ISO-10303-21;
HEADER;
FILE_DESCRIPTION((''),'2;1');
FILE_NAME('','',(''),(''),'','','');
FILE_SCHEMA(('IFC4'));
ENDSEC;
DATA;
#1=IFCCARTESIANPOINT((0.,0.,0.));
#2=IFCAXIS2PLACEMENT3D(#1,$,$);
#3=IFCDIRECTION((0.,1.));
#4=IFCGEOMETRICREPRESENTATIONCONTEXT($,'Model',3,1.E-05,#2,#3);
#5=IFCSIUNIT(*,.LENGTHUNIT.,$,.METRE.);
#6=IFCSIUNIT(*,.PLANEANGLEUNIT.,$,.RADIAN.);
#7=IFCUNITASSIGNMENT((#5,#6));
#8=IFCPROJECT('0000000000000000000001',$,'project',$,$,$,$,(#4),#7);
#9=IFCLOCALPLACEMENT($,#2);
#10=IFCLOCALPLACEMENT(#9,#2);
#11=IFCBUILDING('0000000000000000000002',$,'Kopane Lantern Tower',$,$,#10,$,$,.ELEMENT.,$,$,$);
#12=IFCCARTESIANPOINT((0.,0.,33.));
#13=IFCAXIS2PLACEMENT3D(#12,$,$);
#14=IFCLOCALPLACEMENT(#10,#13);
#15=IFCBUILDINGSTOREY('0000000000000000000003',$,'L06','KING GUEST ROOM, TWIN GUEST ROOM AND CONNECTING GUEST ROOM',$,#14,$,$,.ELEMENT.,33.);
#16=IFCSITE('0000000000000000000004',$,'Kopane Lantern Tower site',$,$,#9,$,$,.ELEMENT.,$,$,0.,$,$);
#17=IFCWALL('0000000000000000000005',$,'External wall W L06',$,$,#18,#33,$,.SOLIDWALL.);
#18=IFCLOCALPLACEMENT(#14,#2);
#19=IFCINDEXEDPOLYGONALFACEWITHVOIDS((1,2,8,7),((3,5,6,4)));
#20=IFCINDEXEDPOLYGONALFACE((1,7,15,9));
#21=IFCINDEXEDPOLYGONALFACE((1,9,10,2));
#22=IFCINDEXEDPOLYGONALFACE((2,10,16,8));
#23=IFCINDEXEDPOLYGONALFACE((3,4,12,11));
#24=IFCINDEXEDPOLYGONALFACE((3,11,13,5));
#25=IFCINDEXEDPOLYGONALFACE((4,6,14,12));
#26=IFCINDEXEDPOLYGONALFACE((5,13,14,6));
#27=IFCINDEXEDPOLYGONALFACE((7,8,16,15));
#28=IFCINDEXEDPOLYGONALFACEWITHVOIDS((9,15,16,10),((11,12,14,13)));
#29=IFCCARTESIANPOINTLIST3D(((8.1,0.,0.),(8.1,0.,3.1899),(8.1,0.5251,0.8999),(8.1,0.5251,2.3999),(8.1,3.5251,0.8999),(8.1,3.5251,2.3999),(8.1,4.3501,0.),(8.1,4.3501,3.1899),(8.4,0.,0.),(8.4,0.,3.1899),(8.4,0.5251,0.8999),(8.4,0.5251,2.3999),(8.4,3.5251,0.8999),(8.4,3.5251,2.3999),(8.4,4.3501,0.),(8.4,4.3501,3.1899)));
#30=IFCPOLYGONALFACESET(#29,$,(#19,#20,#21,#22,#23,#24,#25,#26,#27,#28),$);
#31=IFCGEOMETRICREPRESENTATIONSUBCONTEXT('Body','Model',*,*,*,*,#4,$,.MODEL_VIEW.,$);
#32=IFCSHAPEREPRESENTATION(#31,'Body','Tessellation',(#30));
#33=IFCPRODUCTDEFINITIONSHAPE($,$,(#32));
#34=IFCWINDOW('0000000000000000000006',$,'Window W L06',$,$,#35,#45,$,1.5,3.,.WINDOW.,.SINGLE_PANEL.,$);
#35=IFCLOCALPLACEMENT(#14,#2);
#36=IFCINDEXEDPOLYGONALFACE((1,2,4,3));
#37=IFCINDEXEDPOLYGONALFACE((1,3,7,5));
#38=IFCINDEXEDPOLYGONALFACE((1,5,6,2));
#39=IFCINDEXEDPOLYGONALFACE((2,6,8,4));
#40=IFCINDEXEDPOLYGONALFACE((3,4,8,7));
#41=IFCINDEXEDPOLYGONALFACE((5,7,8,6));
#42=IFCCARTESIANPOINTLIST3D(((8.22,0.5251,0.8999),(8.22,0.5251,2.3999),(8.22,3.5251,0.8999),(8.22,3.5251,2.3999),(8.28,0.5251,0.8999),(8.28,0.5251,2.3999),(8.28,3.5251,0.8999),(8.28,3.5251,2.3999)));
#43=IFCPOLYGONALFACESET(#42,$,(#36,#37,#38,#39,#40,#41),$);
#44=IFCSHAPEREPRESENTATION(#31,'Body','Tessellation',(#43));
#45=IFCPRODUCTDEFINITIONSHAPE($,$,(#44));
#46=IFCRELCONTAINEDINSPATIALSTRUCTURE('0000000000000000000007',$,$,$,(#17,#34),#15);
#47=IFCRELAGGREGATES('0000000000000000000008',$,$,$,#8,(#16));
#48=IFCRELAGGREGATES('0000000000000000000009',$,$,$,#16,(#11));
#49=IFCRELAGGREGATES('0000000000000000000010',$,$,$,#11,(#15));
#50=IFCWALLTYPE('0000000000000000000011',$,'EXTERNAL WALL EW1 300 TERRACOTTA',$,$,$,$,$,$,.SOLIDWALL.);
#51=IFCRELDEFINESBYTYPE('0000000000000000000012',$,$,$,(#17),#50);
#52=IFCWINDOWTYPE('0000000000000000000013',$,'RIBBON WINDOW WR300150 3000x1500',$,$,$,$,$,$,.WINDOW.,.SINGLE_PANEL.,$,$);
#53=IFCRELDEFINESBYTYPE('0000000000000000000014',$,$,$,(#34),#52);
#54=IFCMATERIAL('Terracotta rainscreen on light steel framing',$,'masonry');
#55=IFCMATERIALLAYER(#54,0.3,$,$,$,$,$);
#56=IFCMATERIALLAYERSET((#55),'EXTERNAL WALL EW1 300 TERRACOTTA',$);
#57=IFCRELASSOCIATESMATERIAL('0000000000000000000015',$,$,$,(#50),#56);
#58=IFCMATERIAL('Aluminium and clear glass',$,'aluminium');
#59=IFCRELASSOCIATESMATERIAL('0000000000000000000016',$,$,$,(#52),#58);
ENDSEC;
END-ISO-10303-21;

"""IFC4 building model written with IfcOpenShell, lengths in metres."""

from ifc_helpers import new_model, si_unit, direction, frame, frame_2d, origin, place, context, subcontext, project, spatial, rectangle, extrude, material, layer, layer_set, type_object, element, fill, save


model = new_model("IFC4")

# Units and contexts
model_context = context("Model", 3, precision=1e-05, world=origin(), true_north=direction((0.0, 1.0)))
body_context = subcontext(model_context, "Body", "Model", "MODEL_VIEW")
ifc_project = project(units=[si_unit("LENGTHUNIT", "METRE"), si_unit("PLANEANGLEUNIT", "RADIAN")], contexts=[model_context])

# Site, building, storey
site_placement = place(None, origin())
site = spatial("IfcSite", under=ifc_project, at=site_placement, Name="Kopane Lantern Tower site", CompositionType="ELEMENT", RefElevation=0.0)
building_placement = place(site_placement, origin())
building = spatial("IfcBuilding", under=site, at=building_placement, Name="Kopane Lantern Tower", CompositionType="ELEMENT")
storey_placement = place(building_placement, frame((0.0, 0.0, 33.0)))
storey = spatial("IfcBuildingStorey", under=building, at=storey_placement, Name="L06", Description="KING GUEST ROOM, TWIN GUEST ROOM AND CONNECTING GUEST ROOM", CompositionType="ELEMENT", Elevation=33.0)

# Shared definitions
ifc_material_1 = material(Name="Terracotta rainscreen on light steel framing", Category="masonry")
ifc_layer_1 = layer(ifc_material_1, 0.3)
ifc_layer_set_1 = layer_set([ifc_layer_1], Name="EXTERNAL WALL EW1 300 TERRACOTTA")
wall_type_1 = type_object("IfcWallType", Name="EXTERNAL WALL EW1 300 TERRACOTTA", PredefinedType="SOLIDWALL", material=ifc_layer_set_1)

# Wall, opening, window
ifc_material_2 = material(Name="Aluminium and clear glass", Category="aluminium")
window_type_1 = type_object("IfcWindowType", Name="RIBBON WINDOW WR300150 3000x1500", PartitioningType="SINGLE_PANEL", PredefinedType="WINDOW", material=ifc_material_2)
wall_1_placement = place(storey_placement, frame((8.25, 4.3501, 0.0), z_axis=(0.0, 0.0, 1.0), x_axis=(0.0, -1.0, 0.0)))
wall_1 = element("IfcWall", 1, at=wall_1_placement, inside=storey, type_object=wall_type_1, Name="External wall W L06", PredefinedType="SOLIDWALL", context=body_context, shape_type="SweptSolid", body=[
    extrude(rectangle(XDim=4.3501, YDim=0.3, at=frame_2d((2.175, 0.0))), origin(), (0.0, 0.0, 1.0), 3.1899),
])
opening_1_placement = place(wall_1_placement, frame((0.825, 0.0, 0.8999)))
opening_1 = element("IfcOpeningElement", 2, at=opening_1_placement, cuts=wall_1, PredefinedType="OPENING", context=body_context, shape_type="SweptSolid", body=[
    extrude(rectangle(XDim=3.0, YDim=1.5, at=frame_2d((1.5, 0.75))), frame((0.0, 0.1599, 0.0), z_axis=(0.0, -1.0, 0.0), x_axis=(1.0, 0.0, 0.0)), (0.0, 0.0, 1.0), 0.3201),
])
window_1_placement = place(opening_1_placement, origin())
window_1 = element("IfcWindow", 3, at=window_1_placement, inside=storey, type_object=window_type_1, Name="Window W L06", OverallHeight=1.5, OverallWidth=3.0, PartitioningType="SINGLE_PANEL", PredefinedType="WINDOW", context=body_context, shape_type="SweptSolid", body=[
    extrude(rectangle(XDim=3.0, YDim=1.5, at=frame_2d((1.5, 0.75))), frame((0.0, 0.03, 0.0), z_axis=(0.0, -1.0, 0.0), x_axis=(1.0, 0.0, 0.0)), (0.0, 0.0, 1.0), 0.0601),
])
fill(opening_1, window_1)

save(model, "model.ifc")
